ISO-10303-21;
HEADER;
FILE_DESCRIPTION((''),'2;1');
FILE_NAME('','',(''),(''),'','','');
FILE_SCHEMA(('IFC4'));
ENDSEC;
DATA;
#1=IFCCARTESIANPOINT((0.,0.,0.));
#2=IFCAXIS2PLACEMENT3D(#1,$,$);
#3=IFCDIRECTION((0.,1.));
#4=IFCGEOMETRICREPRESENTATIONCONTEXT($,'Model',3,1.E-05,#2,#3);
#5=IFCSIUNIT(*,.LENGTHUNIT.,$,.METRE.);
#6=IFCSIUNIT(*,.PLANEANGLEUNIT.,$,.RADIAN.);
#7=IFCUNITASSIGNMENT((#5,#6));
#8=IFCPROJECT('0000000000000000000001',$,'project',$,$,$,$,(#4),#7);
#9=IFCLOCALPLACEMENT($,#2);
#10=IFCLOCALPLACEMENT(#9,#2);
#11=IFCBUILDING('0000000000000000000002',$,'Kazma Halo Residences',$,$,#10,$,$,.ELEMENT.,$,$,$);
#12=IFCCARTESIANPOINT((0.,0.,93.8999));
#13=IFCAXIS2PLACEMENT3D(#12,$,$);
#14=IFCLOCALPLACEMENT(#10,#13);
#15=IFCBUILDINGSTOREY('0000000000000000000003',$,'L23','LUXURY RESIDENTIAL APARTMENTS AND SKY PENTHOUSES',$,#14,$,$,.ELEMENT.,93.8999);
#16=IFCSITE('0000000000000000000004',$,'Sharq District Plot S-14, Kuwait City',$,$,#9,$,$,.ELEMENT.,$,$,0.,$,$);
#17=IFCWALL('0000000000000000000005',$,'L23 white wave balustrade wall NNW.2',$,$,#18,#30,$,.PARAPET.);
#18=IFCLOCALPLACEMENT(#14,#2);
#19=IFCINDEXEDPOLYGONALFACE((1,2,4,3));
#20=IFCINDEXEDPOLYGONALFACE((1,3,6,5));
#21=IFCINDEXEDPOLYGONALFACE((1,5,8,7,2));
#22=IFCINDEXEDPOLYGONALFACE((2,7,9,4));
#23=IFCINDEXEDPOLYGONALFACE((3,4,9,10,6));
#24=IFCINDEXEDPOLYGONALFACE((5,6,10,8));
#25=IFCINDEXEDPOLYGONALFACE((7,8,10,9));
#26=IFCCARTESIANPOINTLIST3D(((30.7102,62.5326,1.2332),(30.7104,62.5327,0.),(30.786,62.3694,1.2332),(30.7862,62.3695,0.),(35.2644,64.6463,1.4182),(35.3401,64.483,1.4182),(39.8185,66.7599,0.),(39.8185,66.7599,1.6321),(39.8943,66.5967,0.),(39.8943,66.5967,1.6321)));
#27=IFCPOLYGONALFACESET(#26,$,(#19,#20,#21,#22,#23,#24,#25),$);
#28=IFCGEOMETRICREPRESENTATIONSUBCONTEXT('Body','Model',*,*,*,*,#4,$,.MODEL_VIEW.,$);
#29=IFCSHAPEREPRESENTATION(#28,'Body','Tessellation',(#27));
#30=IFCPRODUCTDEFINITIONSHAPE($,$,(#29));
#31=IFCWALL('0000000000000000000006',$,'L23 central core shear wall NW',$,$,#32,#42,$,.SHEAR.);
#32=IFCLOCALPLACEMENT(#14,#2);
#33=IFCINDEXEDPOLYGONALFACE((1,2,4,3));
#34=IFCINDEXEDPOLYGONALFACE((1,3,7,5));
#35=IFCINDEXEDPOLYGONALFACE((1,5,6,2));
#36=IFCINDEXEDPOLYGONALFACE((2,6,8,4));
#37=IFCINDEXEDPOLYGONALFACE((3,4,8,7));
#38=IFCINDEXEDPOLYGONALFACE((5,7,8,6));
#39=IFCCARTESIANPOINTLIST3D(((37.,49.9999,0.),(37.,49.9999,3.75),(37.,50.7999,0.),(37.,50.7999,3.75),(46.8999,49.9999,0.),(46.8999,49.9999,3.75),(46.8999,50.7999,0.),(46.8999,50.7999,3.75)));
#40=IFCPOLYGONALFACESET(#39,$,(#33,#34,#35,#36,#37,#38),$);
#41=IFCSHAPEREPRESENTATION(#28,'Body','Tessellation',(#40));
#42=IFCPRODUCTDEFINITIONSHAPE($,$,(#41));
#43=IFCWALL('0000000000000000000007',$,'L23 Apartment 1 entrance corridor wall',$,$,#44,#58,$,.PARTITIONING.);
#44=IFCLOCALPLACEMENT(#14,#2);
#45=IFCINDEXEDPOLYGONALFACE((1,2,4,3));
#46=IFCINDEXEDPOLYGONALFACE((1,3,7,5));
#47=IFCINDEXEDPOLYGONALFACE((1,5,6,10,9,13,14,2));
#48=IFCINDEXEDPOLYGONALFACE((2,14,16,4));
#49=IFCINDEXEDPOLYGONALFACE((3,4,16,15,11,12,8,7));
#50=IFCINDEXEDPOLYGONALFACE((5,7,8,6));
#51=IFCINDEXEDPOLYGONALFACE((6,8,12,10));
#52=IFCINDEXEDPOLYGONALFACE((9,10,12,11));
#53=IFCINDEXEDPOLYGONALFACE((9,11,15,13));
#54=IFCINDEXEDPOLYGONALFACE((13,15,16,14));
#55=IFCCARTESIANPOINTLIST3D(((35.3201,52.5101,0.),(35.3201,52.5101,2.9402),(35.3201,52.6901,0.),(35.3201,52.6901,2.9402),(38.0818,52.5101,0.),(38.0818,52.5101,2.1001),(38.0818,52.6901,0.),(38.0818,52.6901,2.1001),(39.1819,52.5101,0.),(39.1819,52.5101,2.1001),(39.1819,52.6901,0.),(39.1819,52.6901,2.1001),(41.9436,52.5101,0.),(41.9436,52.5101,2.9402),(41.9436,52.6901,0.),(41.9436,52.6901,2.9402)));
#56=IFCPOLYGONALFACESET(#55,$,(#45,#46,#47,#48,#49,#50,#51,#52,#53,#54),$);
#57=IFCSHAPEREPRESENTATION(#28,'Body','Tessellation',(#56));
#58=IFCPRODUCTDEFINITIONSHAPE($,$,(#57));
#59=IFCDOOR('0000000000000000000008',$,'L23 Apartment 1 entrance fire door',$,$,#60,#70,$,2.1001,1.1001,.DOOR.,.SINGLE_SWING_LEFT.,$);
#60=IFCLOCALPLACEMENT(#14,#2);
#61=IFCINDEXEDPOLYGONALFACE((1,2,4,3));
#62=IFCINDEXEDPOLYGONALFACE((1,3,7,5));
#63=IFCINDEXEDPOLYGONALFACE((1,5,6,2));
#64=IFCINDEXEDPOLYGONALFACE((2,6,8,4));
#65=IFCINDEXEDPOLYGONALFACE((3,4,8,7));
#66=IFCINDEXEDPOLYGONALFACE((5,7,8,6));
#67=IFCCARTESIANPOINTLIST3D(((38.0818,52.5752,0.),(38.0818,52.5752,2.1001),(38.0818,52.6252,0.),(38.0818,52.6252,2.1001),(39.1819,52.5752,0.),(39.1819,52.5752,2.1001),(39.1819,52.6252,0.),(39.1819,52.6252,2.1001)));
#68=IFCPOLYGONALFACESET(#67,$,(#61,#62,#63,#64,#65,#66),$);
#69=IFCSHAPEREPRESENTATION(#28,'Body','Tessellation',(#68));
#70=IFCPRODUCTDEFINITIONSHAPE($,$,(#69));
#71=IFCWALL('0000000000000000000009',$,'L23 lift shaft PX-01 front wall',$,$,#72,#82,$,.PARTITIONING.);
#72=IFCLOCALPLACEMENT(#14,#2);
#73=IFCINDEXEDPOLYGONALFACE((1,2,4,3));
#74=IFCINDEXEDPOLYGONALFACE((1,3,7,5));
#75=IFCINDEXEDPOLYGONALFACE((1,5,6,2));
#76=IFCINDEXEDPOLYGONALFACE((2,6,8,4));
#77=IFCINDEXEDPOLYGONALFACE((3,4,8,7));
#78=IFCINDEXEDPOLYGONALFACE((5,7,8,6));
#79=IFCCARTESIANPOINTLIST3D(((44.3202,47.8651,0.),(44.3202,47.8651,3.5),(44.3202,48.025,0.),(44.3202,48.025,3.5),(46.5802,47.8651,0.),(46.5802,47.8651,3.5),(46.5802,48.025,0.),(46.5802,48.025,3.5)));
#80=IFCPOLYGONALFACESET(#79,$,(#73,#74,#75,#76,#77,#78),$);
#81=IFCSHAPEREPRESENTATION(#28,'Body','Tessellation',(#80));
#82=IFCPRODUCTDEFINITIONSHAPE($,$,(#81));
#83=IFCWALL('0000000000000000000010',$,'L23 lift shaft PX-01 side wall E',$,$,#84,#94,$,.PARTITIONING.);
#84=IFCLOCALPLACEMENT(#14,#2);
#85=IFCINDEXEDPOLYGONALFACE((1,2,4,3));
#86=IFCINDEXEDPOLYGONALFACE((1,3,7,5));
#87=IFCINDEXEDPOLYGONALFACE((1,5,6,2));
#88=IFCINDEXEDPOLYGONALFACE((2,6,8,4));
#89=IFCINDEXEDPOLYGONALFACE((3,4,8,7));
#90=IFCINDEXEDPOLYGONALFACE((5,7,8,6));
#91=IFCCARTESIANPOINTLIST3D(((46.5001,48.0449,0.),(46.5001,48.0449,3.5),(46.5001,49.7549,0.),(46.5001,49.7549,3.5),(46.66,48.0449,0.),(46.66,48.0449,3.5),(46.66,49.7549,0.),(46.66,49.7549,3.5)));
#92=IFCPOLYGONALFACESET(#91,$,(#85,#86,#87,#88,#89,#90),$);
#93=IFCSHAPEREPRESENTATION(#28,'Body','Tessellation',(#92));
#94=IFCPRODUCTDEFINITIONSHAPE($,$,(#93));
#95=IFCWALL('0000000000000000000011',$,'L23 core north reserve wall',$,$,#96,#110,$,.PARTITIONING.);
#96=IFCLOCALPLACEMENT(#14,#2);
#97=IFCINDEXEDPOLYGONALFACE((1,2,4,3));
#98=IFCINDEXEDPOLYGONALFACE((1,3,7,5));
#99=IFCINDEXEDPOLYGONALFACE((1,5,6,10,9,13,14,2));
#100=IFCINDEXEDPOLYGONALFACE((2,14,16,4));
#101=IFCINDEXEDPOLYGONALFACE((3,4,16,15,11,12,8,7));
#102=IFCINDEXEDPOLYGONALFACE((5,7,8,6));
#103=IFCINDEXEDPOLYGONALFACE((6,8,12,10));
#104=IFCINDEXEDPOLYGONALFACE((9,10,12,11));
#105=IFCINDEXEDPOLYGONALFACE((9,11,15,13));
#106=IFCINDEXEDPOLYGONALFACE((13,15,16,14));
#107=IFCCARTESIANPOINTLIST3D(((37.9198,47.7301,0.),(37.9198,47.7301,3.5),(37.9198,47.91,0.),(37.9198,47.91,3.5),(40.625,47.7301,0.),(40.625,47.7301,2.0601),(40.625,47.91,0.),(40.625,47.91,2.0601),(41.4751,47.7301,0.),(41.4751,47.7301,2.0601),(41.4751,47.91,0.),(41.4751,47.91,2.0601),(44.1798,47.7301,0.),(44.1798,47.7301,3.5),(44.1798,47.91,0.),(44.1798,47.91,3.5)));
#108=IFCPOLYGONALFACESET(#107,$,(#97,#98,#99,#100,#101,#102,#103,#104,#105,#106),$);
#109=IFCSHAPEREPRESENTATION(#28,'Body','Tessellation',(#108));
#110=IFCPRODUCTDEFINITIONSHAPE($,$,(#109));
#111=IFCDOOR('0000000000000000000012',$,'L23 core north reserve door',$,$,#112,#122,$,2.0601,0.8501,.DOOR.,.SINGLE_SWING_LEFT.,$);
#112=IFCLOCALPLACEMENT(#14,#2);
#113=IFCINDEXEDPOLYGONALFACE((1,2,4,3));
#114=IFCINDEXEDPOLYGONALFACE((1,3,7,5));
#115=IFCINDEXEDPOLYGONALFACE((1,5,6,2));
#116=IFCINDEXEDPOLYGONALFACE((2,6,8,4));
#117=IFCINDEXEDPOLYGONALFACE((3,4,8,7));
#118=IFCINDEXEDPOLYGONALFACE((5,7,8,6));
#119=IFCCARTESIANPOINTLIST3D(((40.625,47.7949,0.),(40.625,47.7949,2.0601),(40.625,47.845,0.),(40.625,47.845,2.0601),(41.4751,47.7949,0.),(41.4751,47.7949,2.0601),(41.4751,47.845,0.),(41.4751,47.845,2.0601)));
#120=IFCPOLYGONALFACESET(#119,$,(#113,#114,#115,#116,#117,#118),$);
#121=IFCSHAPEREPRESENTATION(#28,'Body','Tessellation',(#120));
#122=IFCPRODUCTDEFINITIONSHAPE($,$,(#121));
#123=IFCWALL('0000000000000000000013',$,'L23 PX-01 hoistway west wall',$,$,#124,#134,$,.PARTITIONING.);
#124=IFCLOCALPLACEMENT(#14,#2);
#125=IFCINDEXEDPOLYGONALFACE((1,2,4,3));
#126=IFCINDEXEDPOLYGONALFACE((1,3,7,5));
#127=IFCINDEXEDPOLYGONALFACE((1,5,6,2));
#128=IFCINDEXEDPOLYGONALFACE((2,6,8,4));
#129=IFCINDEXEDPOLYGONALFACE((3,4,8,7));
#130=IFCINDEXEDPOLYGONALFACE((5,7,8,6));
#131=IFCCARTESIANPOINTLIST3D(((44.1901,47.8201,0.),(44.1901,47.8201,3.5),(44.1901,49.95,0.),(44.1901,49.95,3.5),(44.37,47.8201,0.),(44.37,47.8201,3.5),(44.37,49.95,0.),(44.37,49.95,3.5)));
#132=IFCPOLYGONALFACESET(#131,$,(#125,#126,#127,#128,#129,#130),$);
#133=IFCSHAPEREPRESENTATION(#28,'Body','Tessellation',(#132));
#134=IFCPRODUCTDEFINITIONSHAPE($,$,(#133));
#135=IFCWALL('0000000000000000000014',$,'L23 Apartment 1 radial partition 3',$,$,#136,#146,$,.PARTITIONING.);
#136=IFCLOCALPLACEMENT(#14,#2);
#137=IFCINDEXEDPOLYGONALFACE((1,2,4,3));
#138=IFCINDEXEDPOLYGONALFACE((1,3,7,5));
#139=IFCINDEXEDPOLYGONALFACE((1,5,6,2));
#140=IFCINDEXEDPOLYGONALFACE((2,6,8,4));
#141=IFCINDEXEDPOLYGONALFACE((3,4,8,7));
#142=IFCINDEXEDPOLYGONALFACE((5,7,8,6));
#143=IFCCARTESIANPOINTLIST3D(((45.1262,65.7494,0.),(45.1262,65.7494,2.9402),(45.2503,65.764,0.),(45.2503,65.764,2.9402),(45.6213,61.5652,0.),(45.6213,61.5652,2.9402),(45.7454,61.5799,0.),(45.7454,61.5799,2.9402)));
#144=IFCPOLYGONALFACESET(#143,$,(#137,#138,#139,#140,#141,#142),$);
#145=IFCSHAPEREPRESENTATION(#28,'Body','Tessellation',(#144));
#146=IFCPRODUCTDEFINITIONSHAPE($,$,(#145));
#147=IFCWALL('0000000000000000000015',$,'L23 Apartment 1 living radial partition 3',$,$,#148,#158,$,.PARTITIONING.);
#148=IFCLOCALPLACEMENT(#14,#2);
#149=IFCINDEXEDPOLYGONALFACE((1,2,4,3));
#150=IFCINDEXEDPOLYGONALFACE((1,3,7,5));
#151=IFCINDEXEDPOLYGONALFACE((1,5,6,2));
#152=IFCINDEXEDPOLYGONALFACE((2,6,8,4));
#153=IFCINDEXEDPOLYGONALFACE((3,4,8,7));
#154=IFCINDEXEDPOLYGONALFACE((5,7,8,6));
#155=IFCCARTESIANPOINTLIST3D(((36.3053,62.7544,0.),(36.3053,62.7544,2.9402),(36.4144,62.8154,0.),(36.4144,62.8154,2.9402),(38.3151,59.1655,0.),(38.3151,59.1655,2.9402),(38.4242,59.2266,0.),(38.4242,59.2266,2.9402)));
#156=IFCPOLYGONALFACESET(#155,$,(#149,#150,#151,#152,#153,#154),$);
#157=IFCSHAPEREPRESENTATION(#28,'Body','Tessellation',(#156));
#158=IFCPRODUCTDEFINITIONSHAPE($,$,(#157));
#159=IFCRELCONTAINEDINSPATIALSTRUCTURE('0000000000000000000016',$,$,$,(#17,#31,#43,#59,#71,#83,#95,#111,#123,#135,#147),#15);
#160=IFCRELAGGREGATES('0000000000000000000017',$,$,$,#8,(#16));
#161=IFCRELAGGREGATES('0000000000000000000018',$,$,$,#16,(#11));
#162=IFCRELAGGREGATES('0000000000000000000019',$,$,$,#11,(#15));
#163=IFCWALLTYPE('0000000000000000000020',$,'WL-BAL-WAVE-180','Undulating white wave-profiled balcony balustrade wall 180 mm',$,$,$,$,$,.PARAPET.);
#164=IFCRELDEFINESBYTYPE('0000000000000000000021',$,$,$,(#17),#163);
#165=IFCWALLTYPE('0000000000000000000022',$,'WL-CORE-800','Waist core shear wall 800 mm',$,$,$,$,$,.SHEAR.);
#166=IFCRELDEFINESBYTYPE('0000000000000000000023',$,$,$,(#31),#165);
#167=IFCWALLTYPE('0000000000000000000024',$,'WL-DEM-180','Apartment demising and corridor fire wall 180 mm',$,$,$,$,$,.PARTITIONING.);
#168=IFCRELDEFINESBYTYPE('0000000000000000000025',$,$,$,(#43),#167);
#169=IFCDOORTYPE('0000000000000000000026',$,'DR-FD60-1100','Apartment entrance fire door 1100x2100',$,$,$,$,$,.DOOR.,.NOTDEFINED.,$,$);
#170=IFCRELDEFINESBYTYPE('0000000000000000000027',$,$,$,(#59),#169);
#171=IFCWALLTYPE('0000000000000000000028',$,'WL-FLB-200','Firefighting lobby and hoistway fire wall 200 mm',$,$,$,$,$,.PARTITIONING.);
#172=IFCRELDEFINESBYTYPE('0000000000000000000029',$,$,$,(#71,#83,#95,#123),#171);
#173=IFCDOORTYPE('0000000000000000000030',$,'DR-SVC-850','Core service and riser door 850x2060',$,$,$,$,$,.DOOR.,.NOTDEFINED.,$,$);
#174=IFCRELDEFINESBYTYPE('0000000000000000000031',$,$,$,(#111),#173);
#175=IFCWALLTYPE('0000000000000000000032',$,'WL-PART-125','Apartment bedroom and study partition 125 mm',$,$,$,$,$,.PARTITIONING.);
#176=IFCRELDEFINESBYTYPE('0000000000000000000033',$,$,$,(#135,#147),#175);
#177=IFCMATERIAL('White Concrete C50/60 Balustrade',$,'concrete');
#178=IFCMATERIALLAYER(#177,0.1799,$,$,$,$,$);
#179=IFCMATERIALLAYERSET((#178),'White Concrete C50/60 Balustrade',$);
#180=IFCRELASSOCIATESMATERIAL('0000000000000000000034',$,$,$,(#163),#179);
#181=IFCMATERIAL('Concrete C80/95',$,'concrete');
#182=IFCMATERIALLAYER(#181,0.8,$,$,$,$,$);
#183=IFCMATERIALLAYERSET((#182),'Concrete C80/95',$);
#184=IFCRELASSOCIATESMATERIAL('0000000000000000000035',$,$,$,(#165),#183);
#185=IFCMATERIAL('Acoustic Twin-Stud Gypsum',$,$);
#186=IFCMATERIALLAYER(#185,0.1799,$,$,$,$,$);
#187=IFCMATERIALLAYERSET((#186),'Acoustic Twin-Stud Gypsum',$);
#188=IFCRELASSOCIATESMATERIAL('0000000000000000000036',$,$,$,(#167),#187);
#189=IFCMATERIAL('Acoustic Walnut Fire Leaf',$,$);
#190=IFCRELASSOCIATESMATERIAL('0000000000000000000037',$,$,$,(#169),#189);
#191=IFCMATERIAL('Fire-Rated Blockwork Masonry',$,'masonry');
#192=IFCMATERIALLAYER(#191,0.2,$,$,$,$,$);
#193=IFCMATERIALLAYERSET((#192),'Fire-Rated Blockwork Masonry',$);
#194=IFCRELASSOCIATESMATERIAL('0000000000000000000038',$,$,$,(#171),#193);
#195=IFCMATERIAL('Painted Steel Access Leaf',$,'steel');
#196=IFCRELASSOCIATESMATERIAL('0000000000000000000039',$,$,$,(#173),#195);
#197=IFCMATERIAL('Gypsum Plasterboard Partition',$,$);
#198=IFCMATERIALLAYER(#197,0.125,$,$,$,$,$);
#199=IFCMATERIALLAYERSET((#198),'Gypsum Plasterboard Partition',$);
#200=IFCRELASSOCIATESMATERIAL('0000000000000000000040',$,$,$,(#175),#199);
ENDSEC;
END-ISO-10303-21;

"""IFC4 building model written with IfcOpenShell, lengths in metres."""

from ifc_helpers import new_model, si_unit, direction, frame, frame_2d, origin, place, context, subcontext, project, spatial, polyline, rectangle, outline, extrude, material, layer, layer_set, type_object, element, fill, save


model = new_model("IFC4")

# Units and contexts
model_context = context("Model", 3, precision=1e-05, world=origin(), true_north=direction((0.0, 1.0)))
body_context = subcontext(model_context, "Body", "Model", "MODEL_VIEW")
ifc_project = project(units=[si_unit("LENGTHUNIT", "METRE"), si_unit("PLANEANGLEUNIT", "RADIAN")], contexts=[model_context])

# Site, building, storey
site_placement = place(None, origin())
site = spatial("IfcSite", under=ifc_project, at=site_placement, Name="Sharq District Plot S-14, Kuwait City", CompositionType="ELEMENT", RefElevation=0.0)
building_placement = place(site_placement, origin())
building = spatial("IfcBuilding", under=site, at=building_placement, Name="Kazma Halo Residences", CompositionType="ELEMENT")
storey_placement = place(building_placement, frame((0.0, 0.0, 93.8999)))
storey = spatial("IfcBuildingStorey", under=building, at=storey_placement, Name="L23", Description="LUXURY RESIDENTIAL APARTMENTS AND SKY PENTHOUSES", CompositionType="ELEMENT", Elevation=93.8999)

# Shared definitions
ifc_material_1 = material(Name="Concrete C80/95", Category="concrete")

# Walls
ifc_material_2 = material(Name="White Concrete C50/60 Balustrade", Category="concrete")
ifc_layer_1 = layer(ifc_material_2, 0.1799)
ifc_layer_set_1 = layer_set([ifc_layer_1], Name="White Concrete C50/60 Balustrade")
wall_type_1 = type_object("IfcWallType", Name="WL-BAL-WAVE-180", Description="Undulating white wave-profiled balcony balustrade wall 180 mm", PredefinedType="PARAPET", material=ifc_layer_set_1)
wall_1_placement = place(storey_placement, frame((39.8564, 66.6782, 0.0), z_axis=(0.0, 0.0, 1.0), x_axis=(-0.907066, -0.420989, 0.0)))
element("IfcWall", 1, at=wall_1_placement, inside=storey, type_object=wall_type_1, Name="L23 white wave balustrade wall NNW.2", PredefinedType="PARAPET", context=body_context, shape_type="SweptSolid", body=[
    extrude(outline(polyline([(0.0, 0.0), (10.0413, 0.0), (10.0415, 1.2332), (5.0208, 1.4182), (0.0, 1.6321), (0.0, 0.0)])), frame((0.0, 0.0898, 0.0), z_axis=(0.0, -1.0, 0.0), x_axis=(1.0, 0.0, 0.0)), (0.0, 0.0, 1.0), 0.1799),
])
ifc_layer_2 = layer(ifc_material_1, 0.8)
ifc_layer_set_2 = layer_set([ifc_layer_2], Name="Concrete C80/95")
wall_type_2 = type_object("IfcWallType", Name="WL-CORE-800", Description="Waist core shear wall 800 mm", PredefinedType="SHEAR", material=ifc_layer_set_2)
wall_2_placement = place(storey_placement, frame((37.0, 50.3999, 0.0), z_axis=(0.0, 0.0, 1.0), x_axis=(1.0, 0.0, 0.0)))
element("IfcWall", 2, at=wall_2_placement, inside=storey, type_object=wall_type_2, Name="L23 central core shear wall NW", PredefinedType="SHEAR", context=body_context, shape_type="SweptSolid", body=[
    extrude(rectangle(XDim=9.8999, YDim=0.8, at=frame_2d((4.95, 0.0))), origin(), (0.0, 0.0, 1.0), 3.75),
])

# Wall, opening, door
ifc_material_3 = material(Name="Acoustic Twin-Stud Gypsum")
ifc_layer_3 = layer(ifc_material_3, 0.1799)
ifc_layer_set_3 = layer_set([ifc_layer_3], Name="Acoustic Twin-Stud Gypsum")
wall_type_3 = type_object("IfcWallType", Name="WL-DEM-180", Description="Apartment demising and corridor fire wall 180 mm", PredefinedType="PARTITIONING", material=ifc_layer_set_3)
wall_3_placement = place(storey_placement, frame((41.9436, 52.6001, 0.0), z_axis=(0.0, 0.0, 1.0), x_axis=(-1.0, 0.0, 0.0)))
wall_3 = element("IfcWall", 3, at=wall_3_placement, inside=storey, type_object=wall_type_3, Name="L23 Apartment 1 entrance corridor wall", PredefinedType="PARTITIONING", context=body_context, shape_type="SweptSolid", body=[
    extrude(rectangle(XDim=6.6235, YDim=0.1799, at=frame_2d((3.3118, 0.0))), origin(), (0.0, 0.0, 1.0), 2.9402),
])
opening_1_placement = place(wall_3_placement, frame((2.7617, 0.0, 0.0)))
opening_1 = element("IfcOpeningElement", 4, at=opening_1_placement, cuts=wall_3, PredefinedType="OPENING", context=body_context, shape_type="SweptSolid", body=[
    extrude(rectangle(XDim=1.1001, YDim=2.1001, at=frame_2d((0.55, 1.05))), frame((0.0, 0.0999, 0.0), z_axis=(0.0, -1.0, 0.0), x_axis=(1.0, 0.0, 0.0)), (0.0, 0.0, 1.0), 0.2),
])
ifc_material_4 = material(Name="Acoustic Walnut Fire Leaf")
door_type_1 = type_object("IfcDoorType", Name="DR-FD60-1100", Description="Apartment entrance fire door 1100x2100", OperationType="NOTDEFINED", PredefinedType="DOOR", material=ifc_material_4)
door_1_placement = place(opening_1_placement, origin())
door_1 = element("IfcDoor", 5, at=door_1_placement, inside=storey, type_object=door_type_1, Name="L23 Apartment 1 entrance fire door", OperationType="SINGLE_SWING_LEFT", OverallHeight=2.1001, OverallWidth=1.1001, PredefinedType="DOOR", context=body_context, shape_type="SweptSolid", body=[
    extrude(rectangle(XDim=1.1001, YDim=2.1001, at=frame_2d((0.55, 1.05))), frame((0.0, 0.0249, 0.0), z_axis=(0.0, -1.0, 0.0), x_axis=(1.0, 0.0, 0.0)), (0.0, 0.0, 1.0), 0.05),
])
fill(opening_1, door_1)

# Walls
ifc_material_5 = material(Name="Fire-Rated Blockwork Masonry", Category="masonry")
ifc_layer_4 = layer(ifc_material_5, 0.2)
ifc_layer_set_4 = layer_set([ifc_layer_4], Name="Fire-Rated Blockwork Masonry")
wall_type_4 = type_object("IfcWallType", Name="WL-FLB-200", Description="Firefighting lobby and hoistway fire wall 200 mm", PredefinedType="PARTITIONING", material=ifc_layer_set_4)
wall_4_placement = place(storey_placement, frame((46.5801, 47.9451, 0.0), z_axis=(0.0, 0.0, 1.0), x_axis=(-1.0, 0.0, 0.0)))
element("IfcWall", 6, at=wall_4_placement, inside=storey, type_object=wall_type_4, Name="L23 lift shaft PX-01 front wall", PredefinedType="PARTITIONING", context=body_context, shape_type="SweptSolid", body=[
    extrude(rectangle(XDim=2.26, YDim=0.1599, at=frame_2d((1.1299, 0.0))), origin(), (0.0, 0.0, 1.0), 3.5),
])
wall_5_placement = place(storey_placement, frame((46.5801, 48.0449, 0.0), z_axis=(0.0, 0.0, 1.0), x_axis=(0.0, 1.0, 0.0)))
element("IfcWall", 7, at=wall_5_placement, inside=storey, type_object=wall_type_4, Name="L23 lift shaft PX-01 side wall E", PredefinedType="PARTITIONING", context=body_context, shape_type="SweptSolid", body=[
    extrude(rectangle(XDim=1.71, YDim=0.1599, at=frame_2d((0.855, 0.0))), origin(), (0.0, 0.0, 1.0), 3.5),
])

# Wall, opening, door
wall_6_placement = place(storey_placement, frame((37.9199, 47.8201, 0.0), z_axis=(0.0, 0.0, 1.0), x_axis=(1.0, 0.0, 0.0)))
wall_6 = element("IfcWall", 8, at=wall_6_placement, inside=storey, type_object=wall_type_4, Name="L23 core north reserve wall", PredefinedType="PARTITIONING", context=body_context, shape_type="SweptSolid", body=[
    extrude(rectangle(XDim=6.26, YDim=0.1799, at=frame_2d((3.1299, 0.0))), origin(), (0.0, 0.0, 1.0), 3.5),
])
opening_2_placement = place(wall_6_placement, frame((2.7051, 0.0, 0.0)))
opening_2 = element("IfcOpeningElement", 9, at=opening_2_placement, cuts=wall_6, PredefinedType="OPENING", context=body_context, shape_type="SweptSolid", body=[
    extrude(rectangle(XDim=0.8501, YDim=2.0601, at=frame_2d((0.425, 1.03))), frame((0.0, 0.0999, 0.0), z_axis=(0.0, -1.0, 0.0), x_axis=(1.0, 0.0, 0.0)), (0.0, 0.0, 1.0), 0.2),
])
ifc_material_6 = material(Name="Painted Steel Access Leaf", Category="steel")
door_type_2 = type_object("IfcDoorType", Name="DR-SVC-850", Description="Core service and riser door 850x2060", OperationType="NOTDEFINED", PredefinedType="DOOR", material=ifc_material_6)
door_2_placement = place(opening_2_placement, origin())
door_2 = element("IfcDoor", 10, at=door_2_placement, inside=storey, type_object=door_type_2, Name="L23 core north reserve door", OperationType="SINGLE_SWING_LEFT", OverallHeight=2.0601, OverallWidth=0.8501, PredefinedType="DOOR", context=body_context, shape_type="SweptSolid", body=[
    extrude(rectangle(XDim=0.8501, YDim=2.0601, at=frame_2d((0.425, 1.03))), frame((0.0, 0.0249, 0.0), z_axis=(0.0, -1.0, 0.0), x_axis=(1.0, 0.0, 0.0)), (0.0, 0.0, 1.0), 0.05),
])
fill(opening_2, door_2)

# Walls
wall_7_placement = place(storey_placement, frame((44.28, 47.8201, 0.0), z_axis=(0.0, 0.0, 1.0), x_axis=(0.0, 1.0, 0.0)))
element("IfcWall", 11, at=wall_7_placement, inside=storey, type_object=wall_type_4, Name="L23 PX-01 hoistway west wall", PredefinedType="PARTITIONING", context=body_context, shape_type="SweptSolid", body=[
    extrude(rectangle(XDim=2.1299, YDim=0.1799, at=frame_2d((1.0649, 0.0))), origin(), (0.0, 0.0, 1.0), 3.5),
])
ifc_material_7 = material(Name="Gypsum Plasterboard Partition")
ifc_layer_5 = layer(ifc_material_7, 0.125)
ifc_layer_set_5 = layer_set([ifc_layer_5], Name="Gypsum Plasterboard Partition")
wall_type_5 = type_object("IfcWallType", Name="WL-PART-125", Description="Apartment bedroom and study partition 125 mm", PredefinedType="PARTITIONING", material=ifc_layer_set_5)
wall_8_placement = place(storey_placement, frame((45.6833, 61.5725, 0.0), z_axis=(0.0, 0.0, 1.0), x_axis=(-0.117514, 0.993071, 0.0)))
element("IfcWall", 12, at=wall_8_placement, inside=storey, type_object=wall_type_5, Name="L23 Apartment 1 radial partition 3", PredefinedType="PARTITIONING", context=body_context, shape_type="SweptSolid", body=[
    extrude(rectangle(XDim=4.2134, YDim=0.125, at=frame_2d((2.1067, 0.0))), origin(), (0.0, 0.0, 1.0), 2.9402),
])
wall_9_placement = place(storey_placement, frame((38.3696, 59.196, 0.0), z_axis=(0.0, 0.0, 1.0), x_axis=(-0.488603, 0.872506, 0.0)))
element("IfcWall", 13, at=wall_9_placement, inside=storey, type_object=wall_type_5, Name="L23 Apartment 1 living radial partition 3", PredefinedType="PARTITIONING", context=body_context, shape_type="SweptSolid", body=[
    extrude(rectangle(XDim=4.1133, YDim=0.125, at=frame_2d((2.0566, 0.0))), origin(), (0.0, 0.0, 1.0), 2.9402),
])

save(model, "model.ifc")
